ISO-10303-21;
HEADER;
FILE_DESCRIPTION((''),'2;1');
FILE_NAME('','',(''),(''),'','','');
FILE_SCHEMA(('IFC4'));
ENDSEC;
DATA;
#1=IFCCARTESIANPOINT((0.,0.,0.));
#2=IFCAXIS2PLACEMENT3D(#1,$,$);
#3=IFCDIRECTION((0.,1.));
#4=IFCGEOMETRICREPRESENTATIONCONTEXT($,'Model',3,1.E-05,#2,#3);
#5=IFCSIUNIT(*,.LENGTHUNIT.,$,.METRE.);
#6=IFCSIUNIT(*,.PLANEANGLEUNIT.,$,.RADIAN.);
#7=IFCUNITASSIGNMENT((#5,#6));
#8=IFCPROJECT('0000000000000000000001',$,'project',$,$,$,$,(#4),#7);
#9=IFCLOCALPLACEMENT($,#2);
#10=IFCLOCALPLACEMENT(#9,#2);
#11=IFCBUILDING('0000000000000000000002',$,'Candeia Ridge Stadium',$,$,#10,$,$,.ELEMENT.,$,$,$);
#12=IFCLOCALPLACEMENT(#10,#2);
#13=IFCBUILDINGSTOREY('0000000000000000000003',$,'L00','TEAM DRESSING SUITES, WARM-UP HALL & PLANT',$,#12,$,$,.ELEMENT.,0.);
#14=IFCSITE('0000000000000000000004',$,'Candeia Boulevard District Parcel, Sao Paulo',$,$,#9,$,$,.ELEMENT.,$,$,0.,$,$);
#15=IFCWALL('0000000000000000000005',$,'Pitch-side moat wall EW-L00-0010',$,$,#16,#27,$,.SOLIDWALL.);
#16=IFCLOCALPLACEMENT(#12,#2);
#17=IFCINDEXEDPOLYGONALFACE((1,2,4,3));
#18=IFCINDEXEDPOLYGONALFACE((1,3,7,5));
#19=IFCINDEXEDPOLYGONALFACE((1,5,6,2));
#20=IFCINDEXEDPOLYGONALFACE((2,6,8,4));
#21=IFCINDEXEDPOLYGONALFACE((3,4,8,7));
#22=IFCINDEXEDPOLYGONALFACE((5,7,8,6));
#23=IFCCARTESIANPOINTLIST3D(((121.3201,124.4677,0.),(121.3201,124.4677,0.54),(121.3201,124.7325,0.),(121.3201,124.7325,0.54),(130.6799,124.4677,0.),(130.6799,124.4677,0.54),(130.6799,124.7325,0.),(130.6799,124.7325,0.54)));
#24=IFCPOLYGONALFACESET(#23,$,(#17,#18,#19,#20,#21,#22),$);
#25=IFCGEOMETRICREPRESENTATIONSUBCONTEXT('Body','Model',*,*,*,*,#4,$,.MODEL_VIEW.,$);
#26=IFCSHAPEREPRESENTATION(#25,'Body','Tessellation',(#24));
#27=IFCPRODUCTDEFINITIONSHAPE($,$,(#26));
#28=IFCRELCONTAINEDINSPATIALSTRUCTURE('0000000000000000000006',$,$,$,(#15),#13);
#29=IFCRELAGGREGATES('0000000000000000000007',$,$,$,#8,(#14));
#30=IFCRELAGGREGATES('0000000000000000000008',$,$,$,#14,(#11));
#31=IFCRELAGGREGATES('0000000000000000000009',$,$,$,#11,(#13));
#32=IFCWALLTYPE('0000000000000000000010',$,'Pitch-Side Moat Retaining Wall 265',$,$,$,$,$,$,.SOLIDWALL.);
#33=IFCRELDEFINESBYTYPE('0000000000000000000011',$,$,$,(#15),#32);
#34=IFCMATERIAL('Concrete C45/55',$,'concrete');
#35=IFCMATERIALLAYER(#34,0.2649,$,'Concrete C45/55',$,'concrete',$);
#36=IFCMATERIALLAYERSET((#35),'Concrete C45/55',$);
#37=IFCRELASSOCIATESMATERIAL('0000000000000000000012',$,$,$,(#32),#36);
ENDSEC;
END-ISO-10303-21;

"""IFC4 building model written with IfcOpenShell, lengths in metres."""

from ifc_helpers import new_model, si_unit, direction, frame, frame_2d, origin, place, context, subcontext, project, spatial, rectangle, extrude, material, layer, layer_set, type_object, element, save


model = new_model("IFC4")

# Units and contexts
model_context = context("Model", 3, precision=1e-05, world=origin(), true_north=direction((0.0, 1.0)))
body_context = subcontext(model_context, "Body", "Model", "MODEL_VIEW")
ifc_project = project(units=[si_unit("LENGTHUNIT", "METRE"), si_unit("PLANEANGLEUNIT", "RADIAN")], contexts=[model_context])

# Site, building, storey
site_placement = place(None, origin())
site = spatial("IfcSite", under=ifc_project, at=site_placement, Name="Candeia Boulevard District Parcel, Sao Paulo", CompositionType="ELEMENT", RefElevation=0.0)
building_placement = place(site_placement, origin())
building = spatial("IfcBuilding", under=site, at=building_placement, Name="Candeia Ridge Stadium", CompositionType="ELEMENT")
storey_placement = place(building_placement, origin())
storey = spatial("IfcBuildingStorey", under=building, at=storey_placement, Name="L00", Description="TEAM DRESSING SUITES, WARM-UP HALL & PLANT", CompositionType="ELEMENT", Elevation=0.0)

# Shared definitions
ifc_material_1 = material(Name="Concrete C45/55", Category="concrete")

# Wall
ifc_layer_1 = layer(ifc_material_1, 0.2649, Name="Concrete C45/55", Category="concrete")
ifc_layer_set_1 = layer_set([ifc_layer_1], Name="Concrete C45/55")
wall_type_1 = type_object("IfcWallType", Name="Pitch-Side Moat Retaining Wall 265", PredefinedType="SOLIDWALL", material=ifc_layer_set_1)
wall_1_placement = place(storey_placement, frame((130.6799, 124.6001, 0.0), z_axis=(0.0, 0.0, 1.0), x_axis=(-1.0, 0.0, 0.0)))
element("IfcWall", 1, at=wall_1_placement, inside=storey, type_object=wall_type_1, Name="Pitch-side moat wall EW-L00-0010", PredefinedType="SOLIDWALL", context=body_context, shape_type="SweptSolid", body=[
    extrude(rectangle(XDim=9.3599, YDim=0.2649, at=frame_2d((4.6799, 0.0))), origin(), (0.0, 0.0, 1.0), 0.54),
])

save(model, "model.ifc")
